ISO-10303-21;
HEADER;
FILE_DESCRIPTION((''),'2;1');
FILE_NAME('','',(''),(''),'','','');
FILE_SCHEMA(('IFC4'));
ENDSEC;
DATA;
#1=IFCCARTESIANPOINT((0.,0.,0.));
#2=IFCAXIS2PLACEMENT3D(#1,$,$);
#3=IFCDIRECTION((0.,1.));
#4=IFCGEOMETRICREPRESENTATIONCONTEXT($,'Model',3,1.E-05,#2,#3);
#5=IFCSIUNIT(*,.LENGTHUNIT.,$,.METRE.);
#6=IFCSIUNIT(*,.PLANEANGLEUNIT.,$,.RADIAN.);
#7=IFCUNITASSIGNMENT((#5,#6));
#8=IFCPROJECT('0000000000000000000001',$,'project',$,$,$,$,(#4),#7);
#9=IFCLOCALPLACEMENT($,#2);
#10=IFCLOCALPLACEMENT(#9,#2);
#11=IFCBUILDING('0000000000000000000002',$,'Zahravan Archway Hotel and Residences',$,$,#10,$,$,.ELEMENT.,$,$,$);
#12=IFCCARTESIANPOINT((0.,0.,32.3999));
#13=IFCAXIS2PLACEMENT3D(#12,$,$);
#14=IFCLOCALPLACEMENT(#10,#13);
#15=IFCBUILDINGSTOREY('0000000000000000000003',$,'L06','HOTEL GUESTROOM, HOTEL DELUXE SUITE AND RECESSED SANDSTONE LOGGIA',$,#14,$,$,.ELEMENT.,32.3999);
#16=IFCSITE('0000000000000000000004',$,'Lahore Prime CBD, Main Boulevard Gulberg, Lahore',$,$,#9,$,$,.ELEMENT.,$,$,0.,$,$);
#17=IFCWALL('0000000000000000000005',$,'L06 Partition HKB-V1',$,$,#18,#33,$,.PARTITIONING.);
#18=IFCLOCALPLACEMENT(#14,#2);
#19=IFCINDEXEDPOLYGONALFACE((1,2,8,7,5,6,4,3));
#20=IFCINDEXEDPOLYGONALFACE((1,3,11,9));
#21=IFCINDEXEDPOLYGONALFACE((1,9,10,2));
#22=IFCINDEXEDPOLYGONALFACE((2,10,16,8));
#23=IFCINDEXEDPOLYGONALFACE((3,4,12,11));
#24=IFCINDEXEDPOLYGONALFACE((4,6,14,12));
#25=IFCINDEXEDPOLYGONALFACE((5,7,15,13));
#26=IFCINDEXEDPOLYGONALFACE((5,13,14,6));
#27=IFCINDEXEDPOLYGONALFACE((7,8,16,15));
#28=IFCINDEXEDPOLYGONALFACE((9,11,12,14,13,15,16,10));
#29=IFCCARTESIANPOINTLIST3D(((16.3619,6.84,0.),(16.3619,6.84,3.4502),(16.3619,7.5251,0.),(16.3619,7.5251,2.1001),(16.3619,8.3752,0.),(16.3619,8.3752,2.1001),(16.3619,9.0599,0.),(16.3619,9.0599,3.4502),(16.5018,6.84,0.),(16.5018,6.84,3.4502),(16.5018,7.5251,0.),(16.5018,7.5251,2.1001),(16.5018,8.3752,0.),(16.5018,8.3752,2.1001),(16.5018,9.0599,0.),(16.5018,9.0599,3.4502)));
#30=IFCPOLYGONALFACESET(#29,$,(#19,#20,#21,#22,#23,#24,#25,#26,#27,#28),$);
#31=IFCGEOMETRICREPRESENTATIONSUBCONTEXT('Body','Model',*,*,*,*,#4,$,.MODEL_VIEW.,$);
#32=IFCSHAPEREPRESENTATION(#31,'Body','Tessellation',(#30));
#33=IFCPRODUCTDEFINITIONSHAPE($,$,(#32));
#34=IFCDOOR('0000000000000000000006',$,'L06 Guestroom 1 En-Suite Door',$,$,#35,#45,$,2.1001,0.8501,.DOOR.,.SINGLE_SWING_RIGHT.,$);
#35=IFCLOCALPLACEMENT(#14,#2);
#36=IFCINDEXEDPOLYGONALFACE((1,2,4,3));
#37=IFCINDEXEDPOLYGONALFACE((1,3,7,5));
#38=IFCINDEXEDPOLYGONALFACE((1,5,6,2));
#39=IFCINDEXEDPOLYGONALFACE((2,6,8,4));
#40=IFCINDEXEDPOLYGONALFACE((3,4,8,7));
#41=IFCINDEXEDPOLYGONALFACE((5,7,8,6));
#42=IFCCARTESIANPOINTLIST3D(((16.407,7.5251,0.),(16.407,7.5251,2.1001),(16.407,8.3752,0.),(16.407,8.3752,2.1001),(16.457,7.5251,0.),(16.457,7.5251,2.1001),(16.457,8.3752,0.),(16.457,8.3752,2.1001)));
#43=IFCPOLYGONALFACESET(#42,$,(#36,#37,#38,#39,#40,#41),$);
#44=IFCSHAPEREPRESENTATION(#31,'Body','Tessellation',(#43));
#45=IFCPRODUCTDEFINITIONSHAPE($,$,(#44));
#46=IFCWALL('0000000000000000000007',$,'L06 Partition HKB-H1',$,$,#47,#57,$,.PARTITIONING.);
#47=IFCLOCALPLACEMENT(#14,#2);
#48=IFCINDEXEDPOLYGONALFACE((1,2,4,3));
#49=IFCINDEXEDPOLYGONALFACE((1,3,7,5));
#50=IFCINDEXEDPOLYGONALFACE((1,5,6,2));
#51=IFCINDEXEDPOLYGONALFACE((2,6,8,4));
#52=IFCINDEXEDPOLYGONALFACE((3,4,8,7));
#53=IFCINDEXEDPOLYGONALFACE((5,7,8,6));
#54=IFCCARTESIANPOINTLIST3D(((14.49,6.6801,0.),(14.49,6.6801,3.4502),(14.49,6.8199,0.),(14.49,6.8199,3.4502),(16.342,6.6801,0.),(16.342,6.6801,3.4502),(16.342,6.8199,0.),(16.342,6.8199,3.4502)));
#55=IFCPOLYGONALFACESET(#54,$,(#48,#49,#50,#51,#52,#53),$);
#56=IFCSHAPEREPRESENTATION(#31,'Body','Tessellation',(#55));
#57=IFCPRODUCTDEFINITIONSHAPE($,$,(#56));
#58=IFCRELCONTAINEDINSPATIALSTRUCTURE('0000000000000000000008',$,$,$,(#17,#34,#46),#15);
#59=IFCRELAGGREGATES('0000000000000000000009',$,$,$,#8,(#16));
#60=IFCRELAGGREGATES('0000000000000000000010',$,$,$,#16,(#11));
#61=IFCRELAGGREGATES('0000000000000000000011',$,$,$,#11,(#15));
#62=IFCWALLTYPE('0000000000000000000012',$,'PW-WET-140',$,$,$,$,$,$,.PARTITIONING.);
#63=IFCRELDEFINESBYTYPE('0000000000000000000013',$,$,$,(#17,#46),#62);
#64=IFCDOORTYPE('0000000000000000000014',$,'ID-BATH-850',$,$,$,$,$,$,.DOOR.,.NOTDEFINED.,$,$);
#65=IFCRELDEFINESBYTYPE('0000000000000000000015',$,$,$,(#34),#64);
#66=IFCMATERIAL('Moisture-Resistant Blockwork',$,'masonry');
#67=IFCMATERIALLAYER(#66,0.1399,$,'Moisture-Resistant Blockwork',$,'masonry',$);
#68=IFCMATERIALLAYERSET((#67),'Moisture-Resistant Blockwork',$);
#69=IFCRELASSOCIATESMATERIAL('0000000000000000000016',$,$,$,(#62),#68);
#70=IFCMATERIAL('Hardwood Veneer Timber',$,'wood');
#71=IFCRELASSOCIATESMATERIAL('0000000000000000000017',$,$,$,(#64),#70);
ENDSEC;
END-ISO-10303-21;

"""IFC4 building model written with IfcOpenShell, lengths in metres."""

from ifc_helpers import new_model, si_unit, direction, frame, frame_2d, origin, place, context, subcontext, project, spatial, rectangle, extrude, source, transform, mapped, material, layer, layer_set, type_object, type_shapes, element, fill, save


model = new_model("IFC4")

# Units and contexts
model_context = context("Model", 3, precision=1e-05, world=origin(), true_north=direction((0.0, 1.0)))
body_context = subcontext(model_context, "Body", "Model", "MODEL_VIEW")
ifc_project = project(units=[si_unit("LENGTHUNIT", "METRE"), si_unit("PLANEANGLEUNIT", "RADIAN")], contexts=[model_context])

# Site, building, storey
site_placement = place(None, origin())
site = spatial("IfcSite", under=ifc_project, at=site_placement, Name="Lahore Prime CBD, Main Boulevard Gulberg, Lahore", CompositionType="ELEMENT", RefElevation=0.0)
building_placement = place(site_placement, origin())
building = spatial("IfcBuilding", under=site, at=building_placement, Name="Zahravan Archway Hotel and Residences", CompositionType="ELEMENT")
storey_placement = place(building_placement, frame((0.0, 0.0, 32.3999)))
storey = spatial("IfcBuildingStorey", under=building, at=storey_placement, Name="L06", Description="HOTEL GUESTROOM, HOTEL DELUXE SUITE AND RECESSED SANDSTONE LOGGIA", CompositionType="ELEMENT", Elevation=32.3999)

# Wall, opening, door
ifc_material_1 = material(Name="Moisture-Resistant Blockwork", Category="masonry")
ifc_layer_1 = layer(ifc_material_1, 0.1399, Name="Moisture-Resistant Blockwork", Category="masonry")
ifc_layer_set_1 = layer_set([ifc_layer_1], Name="Moisture-Resistant Blockwork")
wall_type_1 = type_object("IfcWallType", Name="PW-WET-140", PredefinedType="PARTITIONING", material=ifc_layer_set_1)
wall_1_placement = place(storey_placement, frame((16.4319, 6.8401, 0.0), z_axis=(0.0, 0.0, 1.0), x_axis=(0.0, 1.0, 0.0)))
wall_1 = element("IfcWall", 1, at=wall_1_placement, inside=storey, type_object=wall_type_1, Name="L06 Partition HKB-V1", PredefinedType="PARTITIONING", context=body_context, shape_type="SweptSolid", body=[
    extrude(rectangle(XDim=2.22, YDim=0.1399, at=frame_2d((1.1099, 0.0))), origin(), (0.0, 0.0, 1.0), 3.4502),
])
opening_1_placement = place(wall_1_placement, frame((0.6851, 0.0, 0.0)))
opening_1 = element("IfcOpeningElement", 2, at=opening_1_placement, cuts=wall_1, PredefinedType="OPENING", context=body_context, shape_type="SweptSolid", body=[
    extrude(rectangle(XDim=0.8501, YDim=2.1001, at=frame_2d((0.425, 1.05))), frame((0.0, 0.0801, 0.0), z_axis=(0.0, -1.0, 0.0), x_axis=(1.0, 0.0, 0.0)), (0.0, 0.0, 1.0), 0.1599),
])
ifc_material_2 = material(Name="Hardwood Veneer Timber", Category="wood")
door_type = type_object("IfcDoorType", Name="ID-BATH-850", OperationType="NOTDEFINED", PredefinedType="DOOR", material=ifc_material_2)
shared_shape_1 = source(origin(), body_context, "Body", "SweptSolid", [
    extrude(rectangle(XDim=0.8501, YDim=2.1001, at=frame_2d((0.425, 1.05))), frame((0.0, 0.0249, 0.0), z_axis=(0.0, -1.0, 0.0), x_axis=(1.0, 0.0, 0.0)), (0.0, 0.0, 1.0), 0.05),
])
type_shapes(door_type, [shared_shape_1])
door_placement = place(opening_1_placement, origin())
door = element("IfcDoor", 3, at=door_placement, inside=storey, type_object=door_type, Name="L06 Guestroom 1 En-Suite Door", OperationType="SINGLE_SWING_RIGHT", OverallHeight=2.1001, OverallWidth=0.8501, PredefinedType="DOOR", context=body_context, shape_type="MappedRepresentation", body=[
    mapped(shared_shape_1, transform((0.0, 0.0, 0.0), scale=1.0)),
])
fill(opening_1, door)

# Wall
wall_2_placement = place(storey_placement, frame((14.49, 6.75, 0.0), z_axis=(0.0, 0.0, 1.0), x_axis=(1.0, 0.0, 0.0)))
element("IfcWall", 4, at=wall_2_placement, inside=storey, type_object=wall_type_1, Name="L06 Partition HKB-H1", PredefinedType="PARTITIONING", context=body_context, shape_type="SweptSolid", body=[
    extrude(rectangle(XDim=1.8521, YDim=0.1399, at=frame_2d((0.926, 0.0))), origin(), (0.0, 0.0, 1.0), 3.4502),
])

save(model, "model.ifc")
